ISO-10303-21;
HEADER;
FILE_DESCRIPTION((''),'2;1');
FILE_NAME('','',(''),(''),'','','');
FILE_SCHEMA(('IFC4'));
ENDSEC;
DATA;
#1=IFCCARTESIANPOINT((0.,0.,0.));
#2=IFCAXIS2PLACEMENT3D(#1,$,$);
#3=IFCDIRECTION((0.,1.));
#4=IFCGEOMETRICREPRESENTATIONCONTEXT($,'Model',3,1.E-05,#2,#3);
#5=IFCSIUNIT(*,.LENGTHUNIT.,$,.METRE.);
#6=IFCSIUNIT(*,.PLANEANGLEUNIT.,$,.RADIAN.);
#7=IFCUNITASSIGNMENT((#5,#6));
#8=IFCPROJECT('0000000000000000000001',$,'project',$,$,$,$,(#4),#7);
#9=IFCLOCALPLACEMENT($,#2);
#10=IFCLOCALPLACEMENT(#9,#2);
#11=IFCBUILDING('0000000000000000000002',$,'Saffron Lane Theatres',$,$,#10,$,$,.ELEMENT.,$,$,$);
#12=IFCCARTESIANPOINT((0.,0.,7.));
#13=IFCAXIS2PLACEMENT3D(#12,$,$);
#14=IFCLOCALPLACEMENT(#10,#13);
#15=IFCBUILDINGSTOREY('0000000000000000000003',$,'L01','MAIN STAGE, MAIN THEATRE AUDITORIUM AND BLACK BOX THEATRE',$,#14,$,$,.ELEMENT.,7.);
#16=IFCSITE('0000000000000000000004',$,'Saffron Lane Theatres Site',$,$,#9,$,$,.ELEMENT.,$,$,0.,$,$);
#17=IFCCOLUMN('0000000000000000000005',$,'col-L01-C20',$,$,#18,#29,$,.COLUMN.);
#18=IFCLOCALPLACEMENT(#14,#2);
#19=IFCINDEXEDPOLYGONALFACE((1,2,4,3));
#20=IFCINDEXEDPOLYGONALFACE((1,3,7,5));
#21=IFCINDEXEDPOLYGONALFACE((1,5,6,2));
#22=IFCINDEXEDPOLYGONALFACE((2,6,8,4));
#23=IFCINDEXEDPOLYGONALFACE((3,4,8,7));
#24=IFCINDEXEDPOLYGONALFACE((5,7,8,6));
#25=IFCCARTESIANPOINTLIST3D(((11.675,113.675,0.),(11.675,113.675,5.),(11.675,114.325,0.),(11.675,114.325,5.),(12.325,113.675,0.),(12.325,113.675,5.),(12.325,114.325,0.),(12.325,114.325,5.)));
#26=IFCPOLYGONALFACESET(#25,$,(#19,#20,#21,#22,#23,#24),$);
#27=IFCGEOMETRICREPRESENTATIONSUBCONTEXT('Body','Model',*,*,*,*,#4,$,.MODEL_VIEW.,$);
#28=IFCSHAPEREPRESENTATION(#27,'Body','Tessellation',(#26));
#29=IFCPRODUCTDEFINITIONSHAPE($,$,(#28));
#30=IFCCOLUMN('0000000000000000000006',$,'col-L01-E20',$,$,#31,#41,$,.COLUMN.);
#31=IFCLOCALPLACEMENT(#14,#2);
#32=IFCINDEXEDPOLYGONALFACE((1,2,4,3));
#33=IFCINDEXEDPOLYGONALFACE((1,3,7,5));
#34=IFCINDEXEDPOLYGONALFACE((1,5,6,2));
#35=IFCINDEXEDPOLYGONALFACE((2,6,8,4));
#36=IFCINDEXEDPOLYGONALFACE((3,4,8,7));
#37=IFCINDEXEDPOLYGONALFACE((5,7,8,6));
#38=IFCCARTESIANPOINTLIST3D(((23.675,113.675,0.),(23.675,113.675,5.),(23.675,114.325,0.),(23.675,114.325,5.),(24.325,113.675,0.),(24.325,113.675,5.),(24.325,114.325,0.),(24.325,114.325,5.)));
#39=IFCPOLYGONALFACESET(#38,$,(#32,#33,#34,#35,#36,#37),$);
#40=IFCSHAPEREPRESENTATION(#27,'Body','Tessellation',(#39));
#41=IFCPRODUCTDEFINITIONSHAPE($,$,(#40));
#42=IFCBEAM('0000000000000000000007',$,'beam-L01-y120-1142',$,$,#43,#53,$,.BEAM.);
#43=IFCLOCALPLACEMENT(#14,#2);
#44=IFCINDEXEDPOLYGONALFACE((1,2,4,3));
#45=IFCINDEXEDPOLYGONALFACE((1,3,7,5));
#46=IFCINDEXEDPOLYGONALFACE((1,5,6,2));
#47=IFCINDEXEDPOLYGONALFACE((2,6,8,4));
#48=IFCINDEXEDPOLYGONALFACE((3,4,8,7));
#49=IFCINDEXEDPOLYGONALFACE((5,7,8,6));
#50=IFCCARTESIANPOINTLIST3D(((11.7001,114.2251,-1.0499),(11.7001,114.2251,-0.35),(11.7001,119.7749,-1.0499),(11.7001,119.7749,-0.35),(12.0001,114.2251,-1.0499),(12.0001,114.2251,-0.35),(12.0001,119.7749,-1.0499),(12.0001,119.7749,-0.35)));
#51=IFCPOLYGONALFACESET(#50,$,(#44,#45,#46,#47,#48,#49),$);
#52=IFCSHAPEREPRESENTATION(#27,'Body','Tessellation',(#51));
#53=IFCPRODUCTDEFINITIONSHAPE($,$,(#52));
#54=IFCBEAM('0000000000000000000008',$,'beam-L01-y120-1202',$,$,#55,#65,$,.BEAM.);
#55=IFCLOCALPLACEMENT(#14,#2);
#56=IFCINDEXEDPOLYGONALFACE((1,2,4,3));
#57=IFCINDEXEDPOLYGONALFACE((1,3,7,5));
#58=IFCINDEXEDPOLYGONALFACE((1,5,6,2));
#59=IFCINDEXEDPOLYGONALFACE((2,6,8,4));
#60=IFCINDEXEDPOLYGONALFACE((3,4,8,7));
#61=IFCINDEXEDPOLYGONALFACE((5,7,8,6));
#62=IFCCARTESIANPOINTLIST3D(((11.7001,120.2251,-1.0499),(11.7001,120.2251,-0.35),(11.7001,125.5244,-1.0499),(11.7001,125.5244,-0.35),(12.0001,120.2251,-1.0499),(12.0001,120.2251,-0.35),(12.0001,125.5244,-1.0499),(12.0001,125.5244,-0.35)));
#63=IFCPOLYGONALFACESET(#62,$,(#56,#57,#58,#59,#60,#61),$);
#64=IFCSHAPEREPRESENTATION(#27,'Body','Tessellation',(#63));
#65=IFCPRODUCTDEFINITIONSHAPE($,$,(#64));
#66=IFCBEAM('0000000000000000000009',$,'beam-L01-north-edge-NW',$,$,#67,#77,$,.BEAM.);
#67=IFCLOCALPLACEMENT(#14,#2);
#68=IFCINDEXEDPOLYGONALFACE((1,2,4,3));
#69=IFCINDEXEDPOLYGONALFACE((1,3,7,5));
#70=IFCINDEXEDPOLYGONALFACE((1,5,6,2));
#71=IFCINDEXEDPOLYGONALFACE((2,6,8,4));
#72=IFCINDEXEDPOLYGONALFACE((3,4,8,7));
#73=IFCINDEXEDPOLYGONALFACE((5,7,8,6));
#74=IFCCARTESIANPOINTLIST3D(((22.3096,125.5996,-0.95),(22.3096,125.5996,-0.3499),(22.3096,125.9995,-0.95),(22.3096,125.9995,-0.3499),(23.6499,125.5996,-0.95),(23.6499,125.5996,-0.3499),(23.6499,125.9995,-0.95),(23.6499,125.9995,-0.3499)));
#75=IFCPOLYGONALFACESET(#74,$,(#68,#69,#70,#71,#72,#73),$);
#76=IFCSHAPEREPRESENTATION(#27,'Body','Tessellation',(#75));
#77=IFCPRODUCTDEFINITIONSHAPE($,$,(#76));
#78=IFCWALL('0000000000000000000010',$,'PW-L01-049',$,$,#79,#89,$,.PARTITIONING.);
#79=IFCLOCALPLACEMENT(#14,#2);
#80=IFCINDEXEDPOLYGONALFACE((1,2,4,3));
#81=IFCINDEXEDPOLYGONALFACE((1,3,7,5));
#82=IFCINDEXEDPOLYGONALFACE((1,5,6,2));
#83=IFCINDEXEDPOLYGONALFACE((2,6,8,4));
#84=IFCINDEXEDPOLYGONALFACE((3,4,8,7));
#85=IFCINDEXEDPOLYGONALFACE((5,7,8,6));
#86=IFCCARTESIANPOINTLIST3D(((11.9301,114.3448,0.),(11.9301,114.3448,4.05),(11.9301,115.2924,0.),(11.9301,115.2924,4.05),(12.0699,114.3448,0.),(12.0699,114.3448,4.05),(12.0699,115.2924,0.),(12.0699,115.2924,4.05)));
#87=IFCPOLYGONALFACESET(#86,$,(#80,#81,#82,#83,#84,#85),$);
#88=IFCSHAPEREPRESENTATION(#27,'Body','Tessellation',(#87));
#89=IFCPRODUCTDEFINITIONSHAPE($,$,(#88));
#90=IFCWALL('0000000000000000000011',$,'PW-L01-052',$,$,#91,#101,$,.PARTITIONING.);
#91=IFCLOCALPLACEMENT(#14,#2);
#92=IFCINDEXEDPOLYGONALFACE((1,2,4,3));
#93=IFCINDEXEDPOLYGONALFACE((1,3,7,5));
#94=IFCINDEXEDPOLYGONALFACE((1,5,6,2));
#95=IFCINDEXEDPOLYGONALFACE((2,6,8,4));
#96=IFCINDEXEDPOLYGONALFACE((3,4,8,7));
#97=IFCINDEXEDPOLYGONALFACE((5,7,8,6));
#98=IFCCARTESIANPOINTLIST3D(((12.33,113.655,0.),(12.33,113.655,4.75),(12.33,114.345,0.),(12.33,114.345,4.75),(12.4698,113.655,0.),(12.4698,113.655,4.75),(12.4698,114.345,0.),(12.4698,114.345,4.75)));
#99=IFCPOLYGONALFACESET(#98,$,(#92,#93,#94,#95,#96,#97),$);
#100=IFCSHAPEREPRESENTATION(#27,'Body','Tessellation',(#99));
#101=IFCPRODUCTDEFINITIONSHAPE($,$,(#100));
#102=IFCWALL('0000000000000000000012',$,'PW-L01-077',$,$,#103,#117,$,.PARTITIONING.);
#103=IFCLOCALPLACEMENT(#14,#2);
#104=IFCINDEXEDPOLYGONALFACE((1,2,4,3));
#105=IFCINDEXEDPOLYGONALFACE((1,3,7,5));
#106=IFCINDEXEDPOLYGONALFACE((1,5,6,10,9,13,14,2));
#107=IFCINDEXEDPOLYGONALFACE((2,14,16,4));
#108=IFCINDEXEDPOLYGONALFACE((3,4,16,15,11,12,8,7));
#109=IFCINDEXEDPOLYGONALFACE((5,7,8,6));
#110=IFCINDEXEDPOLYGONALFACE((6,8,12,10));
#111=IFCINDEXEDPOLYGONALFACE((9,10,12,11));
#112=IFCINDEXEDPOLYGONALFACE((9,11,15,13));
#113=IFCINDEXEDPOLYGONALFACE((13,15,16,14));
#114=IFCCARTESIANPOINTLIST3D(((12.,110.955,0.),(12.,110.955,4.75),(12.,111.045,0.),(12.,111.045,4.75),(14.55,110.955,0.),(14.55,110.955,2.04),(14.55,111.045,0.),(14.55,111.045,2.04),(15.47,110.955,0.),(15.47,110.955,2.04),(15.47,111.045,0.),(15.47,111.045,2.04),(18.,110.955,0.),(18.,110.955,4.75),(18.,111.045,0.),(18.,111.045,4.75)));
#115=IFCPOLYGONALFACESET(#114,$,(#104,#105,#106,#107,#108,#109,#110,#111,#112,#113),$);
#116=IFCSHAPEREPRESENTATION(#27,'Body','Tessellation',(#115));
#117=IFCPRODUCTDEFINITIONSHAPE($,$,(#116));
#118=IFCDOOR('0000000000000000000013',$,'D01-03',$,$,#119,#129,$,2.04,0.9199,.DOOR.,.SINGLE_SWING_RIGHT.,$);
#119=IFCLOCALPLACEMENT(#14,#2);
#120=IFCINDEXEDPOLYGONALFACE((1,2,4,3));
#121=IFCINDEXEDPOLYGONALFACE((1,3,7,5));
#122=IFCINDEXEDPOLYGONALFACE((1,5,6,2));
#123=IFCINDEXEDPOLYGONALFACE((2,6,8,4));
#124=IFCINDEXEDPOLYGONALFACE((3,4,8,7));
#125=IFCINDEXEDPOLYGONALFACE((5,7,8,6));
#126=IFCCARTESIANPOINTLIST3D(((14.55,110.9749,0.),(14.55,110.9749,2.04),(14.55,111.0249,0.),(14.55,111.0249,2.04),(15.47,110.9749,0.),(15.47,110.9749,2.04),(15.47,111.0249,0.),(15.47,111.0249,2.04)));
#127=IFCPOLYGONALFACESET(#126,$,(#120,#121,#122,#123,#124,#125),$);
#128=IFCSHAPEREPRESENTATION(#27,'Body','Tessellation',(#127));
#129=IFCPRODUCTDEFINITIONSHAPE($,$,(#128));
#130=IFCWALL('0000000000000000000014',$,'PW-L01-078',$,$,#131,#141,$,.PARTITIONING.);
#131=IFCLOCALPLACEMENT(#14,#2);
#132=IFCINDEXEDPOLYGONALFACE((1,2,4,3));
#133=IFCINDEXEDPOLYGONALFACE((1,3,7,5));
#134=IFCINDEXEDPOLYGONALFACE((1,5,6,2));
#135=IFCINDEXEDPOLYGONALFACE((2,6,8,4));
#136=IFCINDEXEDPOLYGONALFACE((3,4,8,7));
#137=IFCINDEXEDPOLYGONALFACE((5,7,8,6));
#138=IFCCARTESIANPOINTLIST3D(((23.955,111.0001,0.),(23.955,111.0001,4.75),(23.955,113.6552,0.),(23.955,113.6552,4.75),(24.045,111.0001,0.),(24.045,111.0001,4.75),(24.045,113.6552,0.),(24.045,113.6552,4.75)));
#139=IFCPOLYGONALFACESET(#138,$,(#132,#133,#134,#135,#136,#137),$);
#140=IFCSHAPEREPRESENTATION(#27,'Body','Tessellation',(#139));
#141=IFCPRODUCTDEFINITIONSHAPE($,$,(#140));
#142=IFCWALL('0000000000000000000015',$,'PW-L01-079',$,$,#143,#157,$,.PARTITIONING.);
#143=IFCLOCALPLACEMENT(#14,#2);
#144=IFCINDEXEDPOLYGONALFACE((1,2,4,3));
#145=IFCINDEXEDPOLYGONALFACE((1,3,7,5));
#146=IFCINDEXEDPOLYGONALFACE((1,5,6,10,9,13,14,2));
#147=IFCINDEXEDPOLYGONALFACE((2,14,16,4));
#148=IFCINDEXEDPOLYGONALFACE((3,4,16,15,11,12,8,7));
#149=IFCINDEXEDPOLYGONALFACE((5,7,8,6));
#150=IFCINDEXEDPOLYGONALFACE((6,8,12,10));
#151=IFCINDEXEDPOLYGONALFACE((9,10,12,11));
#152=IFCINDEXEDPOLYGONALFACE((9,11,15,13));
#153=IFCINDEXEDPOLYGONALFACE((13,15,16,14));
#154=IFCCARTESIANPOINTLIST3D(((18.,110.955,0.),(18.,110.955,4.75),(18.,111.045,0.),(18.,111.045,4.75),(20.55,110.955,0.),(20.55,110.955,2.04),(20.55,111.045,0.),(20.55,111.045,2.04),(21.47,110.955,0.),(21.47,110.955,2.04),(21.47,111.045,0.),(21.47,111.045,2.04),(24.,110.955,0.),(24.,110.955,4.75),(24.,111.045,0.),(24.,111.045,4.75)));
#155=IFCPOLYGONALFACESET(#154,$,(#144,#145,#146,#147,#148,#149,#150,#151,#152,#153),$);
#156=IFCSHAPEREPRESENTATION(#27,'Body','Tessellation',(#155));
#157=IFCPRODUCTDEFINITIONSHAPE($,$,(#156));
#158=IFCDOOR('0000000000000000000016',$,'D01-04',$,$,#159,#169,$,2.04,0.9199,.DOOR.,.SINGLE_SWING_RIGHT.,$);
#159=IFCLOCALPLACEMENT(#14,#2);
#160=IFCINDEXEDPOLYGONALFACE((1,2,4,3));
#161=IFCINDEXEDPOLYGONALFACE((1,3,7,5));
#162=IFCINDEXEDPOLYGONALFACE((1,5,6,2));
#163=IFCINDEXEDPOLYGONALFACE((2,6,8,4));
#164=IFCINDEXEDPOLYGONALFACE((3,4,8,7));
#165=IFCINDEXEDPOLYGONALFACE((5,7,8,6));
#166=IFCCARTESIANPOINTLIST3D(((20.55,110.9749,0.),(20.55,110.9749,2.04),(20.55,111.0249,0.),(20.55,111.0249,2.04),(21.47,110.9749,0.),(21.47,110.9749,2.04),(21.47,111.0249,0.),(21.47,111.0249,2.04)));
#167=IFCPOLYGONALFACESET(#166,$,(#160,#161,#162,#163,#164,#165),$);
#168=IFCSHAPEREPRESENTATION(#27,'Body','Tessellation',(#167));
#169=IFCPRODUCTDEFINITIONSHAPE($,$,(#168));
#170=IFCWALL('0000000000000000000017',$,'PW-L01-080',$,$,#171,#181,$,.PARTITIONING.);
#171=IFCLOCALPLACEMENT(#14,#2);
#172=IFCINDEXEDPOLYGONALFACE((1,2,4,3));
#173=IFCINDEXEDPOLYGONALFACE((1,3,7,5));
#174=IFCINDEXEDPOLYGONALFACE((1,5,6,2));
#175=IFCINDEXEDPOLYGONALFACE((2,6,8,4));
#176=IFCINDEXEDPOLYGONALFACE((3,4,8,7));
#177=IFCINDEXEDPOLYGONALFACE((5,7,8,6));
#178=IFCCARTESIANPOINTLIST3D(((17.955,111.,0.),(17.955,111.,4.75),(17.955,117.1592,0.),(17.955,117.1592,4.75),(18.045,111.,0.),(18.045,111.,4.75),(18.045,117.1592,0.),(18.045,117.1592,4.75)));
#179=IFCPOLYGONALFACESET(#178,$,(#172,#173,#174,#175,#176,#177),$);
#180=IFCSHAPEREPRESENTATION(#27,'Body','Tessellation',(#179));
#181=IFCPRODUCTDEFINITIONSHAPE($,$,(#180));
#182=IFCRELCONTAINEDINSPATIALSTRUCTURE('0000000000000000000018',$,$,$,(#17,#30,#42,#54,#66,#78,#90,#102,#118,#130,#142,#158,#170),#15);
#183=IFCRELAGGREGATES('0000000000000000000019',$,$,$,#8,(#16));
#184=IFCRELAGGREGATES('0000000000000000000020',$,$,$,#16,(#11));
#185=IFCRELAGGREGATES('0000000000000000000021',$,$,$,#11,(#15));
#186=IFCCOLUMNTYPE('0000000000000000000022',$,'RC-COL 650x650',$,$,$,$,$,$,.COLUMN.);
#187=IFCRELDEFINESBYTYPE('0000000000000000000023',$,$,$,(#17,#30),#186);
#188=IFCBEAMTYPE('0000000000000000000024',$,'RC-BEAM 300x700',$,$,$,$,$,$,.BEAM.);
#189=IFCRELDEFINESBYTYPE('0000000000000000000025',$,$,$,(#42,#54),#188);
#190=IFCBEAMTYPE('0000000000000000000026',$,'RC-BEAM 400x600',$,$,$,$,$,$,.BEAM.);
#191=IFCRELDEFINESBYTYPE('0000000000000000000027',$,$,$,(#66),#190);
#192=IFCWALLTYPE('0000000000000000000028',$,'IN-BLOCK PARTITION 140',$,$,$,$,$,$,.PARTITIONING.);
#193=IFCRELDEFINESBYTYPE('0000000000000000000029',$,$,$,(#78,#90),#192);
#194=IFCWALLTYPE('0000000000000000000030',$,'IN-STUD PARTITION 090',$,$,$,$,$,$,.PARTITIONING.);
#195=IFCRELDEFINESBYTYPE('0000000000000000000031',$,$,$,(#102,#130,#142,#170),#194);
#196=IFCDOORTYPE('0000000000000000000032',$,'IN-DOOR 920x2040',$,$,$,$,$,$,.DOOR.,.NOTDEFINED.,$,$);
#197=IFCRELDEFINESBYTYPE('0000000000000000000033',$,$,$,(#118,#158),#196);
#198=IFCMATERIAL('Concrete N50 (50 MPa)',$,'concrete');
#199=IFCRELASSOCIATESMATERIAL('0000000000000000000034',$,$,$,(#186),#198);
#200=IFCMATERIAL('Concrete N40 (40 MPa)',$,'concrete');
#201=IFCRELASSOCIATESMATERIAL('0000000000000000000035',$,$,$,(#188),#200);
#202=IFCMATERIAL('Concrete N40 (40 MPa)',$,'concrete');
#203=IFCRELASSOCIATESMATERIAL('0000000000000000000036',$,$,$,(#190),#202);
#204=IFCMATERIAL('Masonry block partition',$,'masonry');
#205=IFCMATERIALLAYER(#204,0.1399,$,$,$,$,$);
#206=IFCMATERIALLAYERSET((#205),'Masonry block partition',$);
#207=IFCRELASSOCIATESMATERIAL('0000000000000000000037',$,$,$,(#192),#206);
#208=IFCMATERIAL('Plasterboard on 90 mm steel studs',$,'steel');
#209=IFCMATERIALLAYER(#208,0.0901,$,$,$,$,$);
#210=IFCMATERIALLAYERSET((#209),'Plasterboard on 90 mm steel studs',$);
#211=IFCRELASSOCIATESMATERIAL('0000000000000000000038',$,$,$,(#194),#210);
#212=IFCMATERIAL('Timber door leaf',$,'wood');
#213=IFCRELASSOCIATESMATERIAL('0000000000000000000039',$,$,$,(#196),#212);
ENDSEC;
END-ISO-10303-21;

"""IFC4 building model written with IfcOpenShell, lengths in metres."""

from ifc_helpers import new_model, si_unit, direction, frame, frame_2d, origin, origin_2d, place, context, subcontext, project, spatial, rectangle, extrude, material, layer, layer_set, material_profile, profile_set, type_object, element, fill, save


model = new_model("IFC4")

# Units and contexts
model_context = context("Model", 3, precision=1e-05, world=origin(), true_north=direction((0.0, 1.0)))
body_context = subcontext(model_context, "Body", "Model", "MODEL_VIEW")
ifc_project = project(units=[si_unit("LENGTHUNIT", "METRE"), si_unit("PLANEANGLEUNIT", "RADIAN")], contexts=[model_context])

# Site, building, storey
site_placement = place(None, origin())
site = spatial("IfcSite", under=ifc_project, at=site_placement, Name="Saffron Lane Theatres Site", CompositionType="ELEMENT", RefElevation=0.0)
building_placement = place(site_placement, origin())
building = spatial("IfcBuilding", under=site, at=building_placement, Name="Saffron Lane Theatres", CompositionType="ELEMENT")
storey_placement = place(building_placement, frame((0.0, 0.0, 7.0)))
storey = spatial("IfcBuildingStorey", under=building, at=storey_placement, Name="L01", Description="MAIN STAGE, MAIN THEATRE AUDITORIUM AND BLACK BOX THEATRE", CompositionType="ELEMENT", Elevation=7.0)

# Columns
ifc_material_1 = material(Name="Concrete N50 (50 MPa)", Category="concrete")
ifc_material_profile_1 = material_profile(ifc_material_1, rectangle(XDim=0.6499, YDim=0.6499, at=origin_2d()))
ifc_profile_set_1 = profile_set([ifc_material_profile_1], Name="Concrete N50 (50 MPa)")
column_type = type_object("IfcColumnType", Name="RC-COL 650x650", PredefinedType="COLUMN", material=ifc_profile_set_1)
for number, where, z_axis, x_axis, name in (
    (1, (12.0, 114.0, 0.0), (0.0, 0.0, 1.0), (1.0, 0.0, 0.0), "col-L01-C20"),
    (2, (24.0, 114.0, 0.0), (0.0, 0.0, 1.0), (1.0, 0.0, 0.0), "col-L01-E20"),
):
    element("IfcColumn", number, at=place(storey_placement, frame(where, z_axis=z_axis, x_axis=x_axis)), inside=storey, type_object=column_type, Name=name, PredefinedType="COLUMN", context=body_context, shape_type="SweptSolid", body=[
        extrude(rectangle(XDim=0.6499, YDim=0.6499, at=origin_2d()), origin(), (0.0, 0.0, 1.0), 5.0),
    ])

# Beams
ifc_material_2 = material(Name="Concrete N40 (40 MPa)", Category="concrete")
ifc_material_profile_2 = material_profile(ifc_material_2, rectangle(XDim=0.3, YDim=0.7, at=origin_2d()))
ifc_profile_set_2 = profile_set([ifc_material_profile_2], Name="Concrete N40 (40 MPa)")
beam_type_1 = type_object("IfcBeamType", Name="RC-BEAM 300x700", PredefinedType="BEAM", material=ifc_profile_set_2)
beam_1_placement = place(storey_placement, frame((11.8501, 114.2251, -0.7), z_axis=(0.0, 1.0, 0.0), x_axis=(-1.0, 0.0, 0.0)))
element("IfcBeam", 3, at=beam_1_placement, inside=storey, type_object=beam_type_1, Name="beam-L01-y120-1142", PredefinedType="BEAM", context=body_context, shape_type="SweptSolid", body=[
    extrude(rectangle(XDim=0.3, YDim=0.7, at=origin_2d()), origin(), (0.0, 0.0, 1.0), 5.5498),
])
beam_2_placement = place(storey_placement, frame((11.8501, 120.2251, -0.7), z_axis=(0.0, 1.0, 0.0), x_axis=(-1.0, 0.0, 0.0)))
element("IfcBeam", 4, at=beam_2_placement, inside=storey, type_object=beam_type_1, Name="beam-L01-y120-1202", PredefinedType="BEAM", context=body_context, shape_type="SweptSolid", body=[
    extrude(rectangle(XDim=0.3, YDim=0.7, at=origin_2d()), origin(), (0.0, 0.0, 1.0), 5.2993),
])
ifc_material_3 = material(Name="Concrete N40 (40 MPa)", Category="concrete")
ifc_material_profile_3 = material_profile(ifc_material_3, rectangle(XDim=0.3999, YDim=0.6001, at=origin_2d()))
ifc_profile_set_3 = profile_set([ifc_material_profile_3], Name="Concrete N40 (40 MPa)")
beam_type_2 = type_object("IfcBeamType", Name="RC-BEAM 400x600", PredefinedType="BEAM", material=ifc_profile_set_3)
beam_3_placement = place(storey_placement, frame((22.3096, 125.7996, -0.6499), z_axis=(1.0, 0.0, 0.0), x_axis=(0.0, 1.0, 0.0)))
element("IfcBeam", 5, at=beam_3_placement, inside=storey, type_object=beam_type_2, Name="beam-L01-north-edge-NW", PredefinedType="BEAM", context=body_context, shape_type="SweptSolid", body=[
    extrude(rectangle(XDim=0.3999, YDim=0.6001, at=origin_2d()), origin(), (0.0, 0.0, 1.0), 1.3403),
])

# Walls
ifc_material_4 = material(Name="Masonry block partition", Category="masonry")
ifc_layer_1 = layer(ifc_material_4, 0.1399)
ifc_layer_set_1 = layer_set([ifc_layer_1], Name="Masonry block partition")
wall_type_1 = type_object("IfcWallType", Name="IN-BLOCK PARTITION 140", PredefinedType="PARTITIONING", material=ifc_layer_set_1)
wall_1_placement = place(storey_placement, frame((12.0, 114.345, 0.0), z_axis=(0.0, 0.0, 1.0), x_axis=(0.0, 1.0, 0.0)))
element("IfcWall", 6, at=wall_1_placement, inside=storey, type_object=wall_type_1, Name="PW-L01-049", PredefinedType="PARTITIONING", context=body_context, shape_type="SweptSolid", body=[
    extrude(rectangle(XDim=0.9475, YDim=0.1399, at=frame_2d((0.4736, 0.0))), origin(), (0.0, 0.0, 1.0), 4.05),
])
wall_2_placement = place(storey_placement, frame((12.3999, 113.655, 0.0), z_axis=(0.0, 0.0, 1.0), x_axis=(0.0, 1.0, 0.0)))
element("IfcWall", 7, at=wall_2_placement, inside=storey, type_object=wall_type_1, Name="PW-L01-052", PredefinedType="PARTITIONING", context=body_context, shape_type="SweptSolid", body=[
    extrude(rectangle(XDim=0.6899, YDim=0.1399, at=frame_2d((0.345, 0.0))), origin(), (0.0, 0.0, 1.0), 4.75),
])

# Wall, opening, door
ifc_material_5 = material(Name="Plasterboard on 90 mm steel studs", Category="steel")
ifc_layer_2 = layer(ifc_material_5, 0.0901)
ifc_layer_set_2 = layer_set([ifc_layer_2], Name="Plasterboard on 90 mm steel studs")
wall_type_2 = type_object("IfcWallType", Name="IN-STUD PARTITION 090", PredefinedType="PARTITIONING", material=ifc_layer_set_2)
wall_3_placement = place(storey_placement, frame((12.0, 111.0, 0.0), z_axis=(0.0, 0.0, 1.0), x_axis=(1.0, 0.0, 0.0)))
wall_3 = element("IfcWall", 8, at=wall_3_placement, inside=storey, type_object=wall_type_2, Name="PW-L01-077", PredefinedType="PARTITIONING", context=body_context, shape_type="SweptSolid", body=[
    extrude(rectangle(XDim=6.0, YDim=0.0901, at=frame_2d((3.0, 0.0))), origin(), (0.0, 0.0, 1.0), 4.75),
])
opening_1_placement = place(wall_3_placement, frame((2.55, 0.0, 0.0)))
opening_1 = element("IfcOpeningElement", 9, at=opening_1_placement, cuts=wall_3, PredefinedType="OPENING", context=body_context, shape_type="SweptSolid", body=[
    extrude(rectangle(XDim=0.9199, YDim=2.04, at=frame_2d((0.46, 1.02))), frame((0.0, 0.0552, 0.0), z_axis=(0.0, -1.0, 0.0), x_axis=(1.0, 0.0, 0.0)), (0.0, 0.0, 1.0), 0.1101),
])
ifc_material_6 = material(Name="Timber door leaf", Category="wood")
door_type = type_object("IfcDoorType", Name="IN-DOOR 920x2040", OperationType="NOTDEFINED", PredefinedType="DOOR", material=ifc_material_6)
door_1_placement = place(opening_1_placement, origin())
door_1 = element("IfcDoor", 10, at=door_1_placement, inside=storey, type_object=door_type, Name="D01-03", OperationType="SINGLE_SWING_RIGHT", OverallHeight=2.04, OverallWidth=0.9199, PredefinedType="DOOR", context=body_context, shape_type="SweptSolid", body=[
    extrude(rectangle(XDim=0.9199, YDim=2.04, at=frame_2d((0.46, 1.02))), frame((0.0, 0.0249, 0.0), z_axis=(0.0, -1.0, 0.0), x_axis=(1.0, 0.0, 0.0)), (0.0, 0.0, 1.0), 0.05),
])
fill(opening_1, door_1)

# Wall
wall_4_placement = place(storey_placement, frame((24.0, 111.0, 0.0), z_axis=(0.0, 0.0, 1.0), x_axis=(0.0, 1.0, 0.0)))
element("IfcWall", 11, at=wall_4_placement, inside=storey, type_object=wall_type_2, Name="PW-L01-078", PredefinedType="PARTITIONING", context=body_context, shape_type="SweptSolid", body=[
    extrude(rectangle(XDim=2.655, YDim=0.0901, at=frame_2d((1.3276, 0.0))), origin(), (0.0, 0.0, 1.0), 4.75),
])

# Wall, opening, door
wall_5_placement = place(storey_placement, frame((18.0, 111.0, 0.0), z_axis=(0.0, 0.0, 1.0), x_axis=(1.0, 0.0, 0.0)))
wall_5 = element("IfcWall", 12, at=wall_5_placement, inside=storey, type_object=wall_type_2, Name="PW-L01-079", PredefinedType="PARTITIONING", context=body_context, shape_type="SweptSolid", body=[
    extrude(rectangle(XDim=6.0, YDim=0.0901, at=frame_2d((3.0, 0.0))), origin(), (0.0, 0.0, 1.0), 4.75),
])
opening_2_placement = place(wall_5_placement, frame((2.55, 0.0, 0.0)))
opening_2 = element("IfcOpeningElement", 13, at=opening_2_placement, cuts=wall_5, PredefinedType="OPENING", context=body_context, shape_type="SweptSolid", body=[
    extrude(rectangle(XDim=0.9199, YDim=2.04, at=frame_2d((0.46, 1.02))), frame((0.0, 0.0552, 0.0), z_axis=(0.0, -1.0, 0.0), x_axis=(1.0, 0.0, 0.0)), (0.0, 0.0, 1.0), 0.1101),
])
door_2_placement = place(opening_2_placement, origin())
door_2 = element("IfcDoor", 14, at=door_2_placement, inside=storey, type_object=door_type, Name="D01-04", OperationType="SINGLE_SWING_RIGHT", OverallHeight=2.04, OverallWidth=0.9199, PredefinedType="DOOR", context=body_context, shape_type="SweptSolid", body=[
    extrude(rectangle(XDim=0.9199, YDim=2.04, at=frame_2d((0.46, 1.02))), frame((0.0, 0.0249, 0.0), z_axis=(0.0, -1.0, 0.0), x_axis=(1.0, 0.0, 0.0)), (0.0, 0.0, 1.0), 0.05),
])
fill(opening_2, door_2)

# Wall
wall_6_placement = place(storey_placement, frame((18.0, 111.0, 0.0), z_axis=(0.0, 0.0, 1.0), x_axis=(0.0, 1.0, 0.0)))
element("IfcWall", 15, at=wall_6_placement, inside=storey, type_object=wall_type_2, Name="PW-L01-080", PredefinedType="PARTITIONING", context=body_context, shape_type="SweptSolid", body=[
    extrude(rectangle(XDim=6.1592, YDim=0.0901, at=frame_2d((3.0796, 0.0))), origin(), (0.0, 0.0, 1.0), 4.75),
])

save(model, "model.ifc")
